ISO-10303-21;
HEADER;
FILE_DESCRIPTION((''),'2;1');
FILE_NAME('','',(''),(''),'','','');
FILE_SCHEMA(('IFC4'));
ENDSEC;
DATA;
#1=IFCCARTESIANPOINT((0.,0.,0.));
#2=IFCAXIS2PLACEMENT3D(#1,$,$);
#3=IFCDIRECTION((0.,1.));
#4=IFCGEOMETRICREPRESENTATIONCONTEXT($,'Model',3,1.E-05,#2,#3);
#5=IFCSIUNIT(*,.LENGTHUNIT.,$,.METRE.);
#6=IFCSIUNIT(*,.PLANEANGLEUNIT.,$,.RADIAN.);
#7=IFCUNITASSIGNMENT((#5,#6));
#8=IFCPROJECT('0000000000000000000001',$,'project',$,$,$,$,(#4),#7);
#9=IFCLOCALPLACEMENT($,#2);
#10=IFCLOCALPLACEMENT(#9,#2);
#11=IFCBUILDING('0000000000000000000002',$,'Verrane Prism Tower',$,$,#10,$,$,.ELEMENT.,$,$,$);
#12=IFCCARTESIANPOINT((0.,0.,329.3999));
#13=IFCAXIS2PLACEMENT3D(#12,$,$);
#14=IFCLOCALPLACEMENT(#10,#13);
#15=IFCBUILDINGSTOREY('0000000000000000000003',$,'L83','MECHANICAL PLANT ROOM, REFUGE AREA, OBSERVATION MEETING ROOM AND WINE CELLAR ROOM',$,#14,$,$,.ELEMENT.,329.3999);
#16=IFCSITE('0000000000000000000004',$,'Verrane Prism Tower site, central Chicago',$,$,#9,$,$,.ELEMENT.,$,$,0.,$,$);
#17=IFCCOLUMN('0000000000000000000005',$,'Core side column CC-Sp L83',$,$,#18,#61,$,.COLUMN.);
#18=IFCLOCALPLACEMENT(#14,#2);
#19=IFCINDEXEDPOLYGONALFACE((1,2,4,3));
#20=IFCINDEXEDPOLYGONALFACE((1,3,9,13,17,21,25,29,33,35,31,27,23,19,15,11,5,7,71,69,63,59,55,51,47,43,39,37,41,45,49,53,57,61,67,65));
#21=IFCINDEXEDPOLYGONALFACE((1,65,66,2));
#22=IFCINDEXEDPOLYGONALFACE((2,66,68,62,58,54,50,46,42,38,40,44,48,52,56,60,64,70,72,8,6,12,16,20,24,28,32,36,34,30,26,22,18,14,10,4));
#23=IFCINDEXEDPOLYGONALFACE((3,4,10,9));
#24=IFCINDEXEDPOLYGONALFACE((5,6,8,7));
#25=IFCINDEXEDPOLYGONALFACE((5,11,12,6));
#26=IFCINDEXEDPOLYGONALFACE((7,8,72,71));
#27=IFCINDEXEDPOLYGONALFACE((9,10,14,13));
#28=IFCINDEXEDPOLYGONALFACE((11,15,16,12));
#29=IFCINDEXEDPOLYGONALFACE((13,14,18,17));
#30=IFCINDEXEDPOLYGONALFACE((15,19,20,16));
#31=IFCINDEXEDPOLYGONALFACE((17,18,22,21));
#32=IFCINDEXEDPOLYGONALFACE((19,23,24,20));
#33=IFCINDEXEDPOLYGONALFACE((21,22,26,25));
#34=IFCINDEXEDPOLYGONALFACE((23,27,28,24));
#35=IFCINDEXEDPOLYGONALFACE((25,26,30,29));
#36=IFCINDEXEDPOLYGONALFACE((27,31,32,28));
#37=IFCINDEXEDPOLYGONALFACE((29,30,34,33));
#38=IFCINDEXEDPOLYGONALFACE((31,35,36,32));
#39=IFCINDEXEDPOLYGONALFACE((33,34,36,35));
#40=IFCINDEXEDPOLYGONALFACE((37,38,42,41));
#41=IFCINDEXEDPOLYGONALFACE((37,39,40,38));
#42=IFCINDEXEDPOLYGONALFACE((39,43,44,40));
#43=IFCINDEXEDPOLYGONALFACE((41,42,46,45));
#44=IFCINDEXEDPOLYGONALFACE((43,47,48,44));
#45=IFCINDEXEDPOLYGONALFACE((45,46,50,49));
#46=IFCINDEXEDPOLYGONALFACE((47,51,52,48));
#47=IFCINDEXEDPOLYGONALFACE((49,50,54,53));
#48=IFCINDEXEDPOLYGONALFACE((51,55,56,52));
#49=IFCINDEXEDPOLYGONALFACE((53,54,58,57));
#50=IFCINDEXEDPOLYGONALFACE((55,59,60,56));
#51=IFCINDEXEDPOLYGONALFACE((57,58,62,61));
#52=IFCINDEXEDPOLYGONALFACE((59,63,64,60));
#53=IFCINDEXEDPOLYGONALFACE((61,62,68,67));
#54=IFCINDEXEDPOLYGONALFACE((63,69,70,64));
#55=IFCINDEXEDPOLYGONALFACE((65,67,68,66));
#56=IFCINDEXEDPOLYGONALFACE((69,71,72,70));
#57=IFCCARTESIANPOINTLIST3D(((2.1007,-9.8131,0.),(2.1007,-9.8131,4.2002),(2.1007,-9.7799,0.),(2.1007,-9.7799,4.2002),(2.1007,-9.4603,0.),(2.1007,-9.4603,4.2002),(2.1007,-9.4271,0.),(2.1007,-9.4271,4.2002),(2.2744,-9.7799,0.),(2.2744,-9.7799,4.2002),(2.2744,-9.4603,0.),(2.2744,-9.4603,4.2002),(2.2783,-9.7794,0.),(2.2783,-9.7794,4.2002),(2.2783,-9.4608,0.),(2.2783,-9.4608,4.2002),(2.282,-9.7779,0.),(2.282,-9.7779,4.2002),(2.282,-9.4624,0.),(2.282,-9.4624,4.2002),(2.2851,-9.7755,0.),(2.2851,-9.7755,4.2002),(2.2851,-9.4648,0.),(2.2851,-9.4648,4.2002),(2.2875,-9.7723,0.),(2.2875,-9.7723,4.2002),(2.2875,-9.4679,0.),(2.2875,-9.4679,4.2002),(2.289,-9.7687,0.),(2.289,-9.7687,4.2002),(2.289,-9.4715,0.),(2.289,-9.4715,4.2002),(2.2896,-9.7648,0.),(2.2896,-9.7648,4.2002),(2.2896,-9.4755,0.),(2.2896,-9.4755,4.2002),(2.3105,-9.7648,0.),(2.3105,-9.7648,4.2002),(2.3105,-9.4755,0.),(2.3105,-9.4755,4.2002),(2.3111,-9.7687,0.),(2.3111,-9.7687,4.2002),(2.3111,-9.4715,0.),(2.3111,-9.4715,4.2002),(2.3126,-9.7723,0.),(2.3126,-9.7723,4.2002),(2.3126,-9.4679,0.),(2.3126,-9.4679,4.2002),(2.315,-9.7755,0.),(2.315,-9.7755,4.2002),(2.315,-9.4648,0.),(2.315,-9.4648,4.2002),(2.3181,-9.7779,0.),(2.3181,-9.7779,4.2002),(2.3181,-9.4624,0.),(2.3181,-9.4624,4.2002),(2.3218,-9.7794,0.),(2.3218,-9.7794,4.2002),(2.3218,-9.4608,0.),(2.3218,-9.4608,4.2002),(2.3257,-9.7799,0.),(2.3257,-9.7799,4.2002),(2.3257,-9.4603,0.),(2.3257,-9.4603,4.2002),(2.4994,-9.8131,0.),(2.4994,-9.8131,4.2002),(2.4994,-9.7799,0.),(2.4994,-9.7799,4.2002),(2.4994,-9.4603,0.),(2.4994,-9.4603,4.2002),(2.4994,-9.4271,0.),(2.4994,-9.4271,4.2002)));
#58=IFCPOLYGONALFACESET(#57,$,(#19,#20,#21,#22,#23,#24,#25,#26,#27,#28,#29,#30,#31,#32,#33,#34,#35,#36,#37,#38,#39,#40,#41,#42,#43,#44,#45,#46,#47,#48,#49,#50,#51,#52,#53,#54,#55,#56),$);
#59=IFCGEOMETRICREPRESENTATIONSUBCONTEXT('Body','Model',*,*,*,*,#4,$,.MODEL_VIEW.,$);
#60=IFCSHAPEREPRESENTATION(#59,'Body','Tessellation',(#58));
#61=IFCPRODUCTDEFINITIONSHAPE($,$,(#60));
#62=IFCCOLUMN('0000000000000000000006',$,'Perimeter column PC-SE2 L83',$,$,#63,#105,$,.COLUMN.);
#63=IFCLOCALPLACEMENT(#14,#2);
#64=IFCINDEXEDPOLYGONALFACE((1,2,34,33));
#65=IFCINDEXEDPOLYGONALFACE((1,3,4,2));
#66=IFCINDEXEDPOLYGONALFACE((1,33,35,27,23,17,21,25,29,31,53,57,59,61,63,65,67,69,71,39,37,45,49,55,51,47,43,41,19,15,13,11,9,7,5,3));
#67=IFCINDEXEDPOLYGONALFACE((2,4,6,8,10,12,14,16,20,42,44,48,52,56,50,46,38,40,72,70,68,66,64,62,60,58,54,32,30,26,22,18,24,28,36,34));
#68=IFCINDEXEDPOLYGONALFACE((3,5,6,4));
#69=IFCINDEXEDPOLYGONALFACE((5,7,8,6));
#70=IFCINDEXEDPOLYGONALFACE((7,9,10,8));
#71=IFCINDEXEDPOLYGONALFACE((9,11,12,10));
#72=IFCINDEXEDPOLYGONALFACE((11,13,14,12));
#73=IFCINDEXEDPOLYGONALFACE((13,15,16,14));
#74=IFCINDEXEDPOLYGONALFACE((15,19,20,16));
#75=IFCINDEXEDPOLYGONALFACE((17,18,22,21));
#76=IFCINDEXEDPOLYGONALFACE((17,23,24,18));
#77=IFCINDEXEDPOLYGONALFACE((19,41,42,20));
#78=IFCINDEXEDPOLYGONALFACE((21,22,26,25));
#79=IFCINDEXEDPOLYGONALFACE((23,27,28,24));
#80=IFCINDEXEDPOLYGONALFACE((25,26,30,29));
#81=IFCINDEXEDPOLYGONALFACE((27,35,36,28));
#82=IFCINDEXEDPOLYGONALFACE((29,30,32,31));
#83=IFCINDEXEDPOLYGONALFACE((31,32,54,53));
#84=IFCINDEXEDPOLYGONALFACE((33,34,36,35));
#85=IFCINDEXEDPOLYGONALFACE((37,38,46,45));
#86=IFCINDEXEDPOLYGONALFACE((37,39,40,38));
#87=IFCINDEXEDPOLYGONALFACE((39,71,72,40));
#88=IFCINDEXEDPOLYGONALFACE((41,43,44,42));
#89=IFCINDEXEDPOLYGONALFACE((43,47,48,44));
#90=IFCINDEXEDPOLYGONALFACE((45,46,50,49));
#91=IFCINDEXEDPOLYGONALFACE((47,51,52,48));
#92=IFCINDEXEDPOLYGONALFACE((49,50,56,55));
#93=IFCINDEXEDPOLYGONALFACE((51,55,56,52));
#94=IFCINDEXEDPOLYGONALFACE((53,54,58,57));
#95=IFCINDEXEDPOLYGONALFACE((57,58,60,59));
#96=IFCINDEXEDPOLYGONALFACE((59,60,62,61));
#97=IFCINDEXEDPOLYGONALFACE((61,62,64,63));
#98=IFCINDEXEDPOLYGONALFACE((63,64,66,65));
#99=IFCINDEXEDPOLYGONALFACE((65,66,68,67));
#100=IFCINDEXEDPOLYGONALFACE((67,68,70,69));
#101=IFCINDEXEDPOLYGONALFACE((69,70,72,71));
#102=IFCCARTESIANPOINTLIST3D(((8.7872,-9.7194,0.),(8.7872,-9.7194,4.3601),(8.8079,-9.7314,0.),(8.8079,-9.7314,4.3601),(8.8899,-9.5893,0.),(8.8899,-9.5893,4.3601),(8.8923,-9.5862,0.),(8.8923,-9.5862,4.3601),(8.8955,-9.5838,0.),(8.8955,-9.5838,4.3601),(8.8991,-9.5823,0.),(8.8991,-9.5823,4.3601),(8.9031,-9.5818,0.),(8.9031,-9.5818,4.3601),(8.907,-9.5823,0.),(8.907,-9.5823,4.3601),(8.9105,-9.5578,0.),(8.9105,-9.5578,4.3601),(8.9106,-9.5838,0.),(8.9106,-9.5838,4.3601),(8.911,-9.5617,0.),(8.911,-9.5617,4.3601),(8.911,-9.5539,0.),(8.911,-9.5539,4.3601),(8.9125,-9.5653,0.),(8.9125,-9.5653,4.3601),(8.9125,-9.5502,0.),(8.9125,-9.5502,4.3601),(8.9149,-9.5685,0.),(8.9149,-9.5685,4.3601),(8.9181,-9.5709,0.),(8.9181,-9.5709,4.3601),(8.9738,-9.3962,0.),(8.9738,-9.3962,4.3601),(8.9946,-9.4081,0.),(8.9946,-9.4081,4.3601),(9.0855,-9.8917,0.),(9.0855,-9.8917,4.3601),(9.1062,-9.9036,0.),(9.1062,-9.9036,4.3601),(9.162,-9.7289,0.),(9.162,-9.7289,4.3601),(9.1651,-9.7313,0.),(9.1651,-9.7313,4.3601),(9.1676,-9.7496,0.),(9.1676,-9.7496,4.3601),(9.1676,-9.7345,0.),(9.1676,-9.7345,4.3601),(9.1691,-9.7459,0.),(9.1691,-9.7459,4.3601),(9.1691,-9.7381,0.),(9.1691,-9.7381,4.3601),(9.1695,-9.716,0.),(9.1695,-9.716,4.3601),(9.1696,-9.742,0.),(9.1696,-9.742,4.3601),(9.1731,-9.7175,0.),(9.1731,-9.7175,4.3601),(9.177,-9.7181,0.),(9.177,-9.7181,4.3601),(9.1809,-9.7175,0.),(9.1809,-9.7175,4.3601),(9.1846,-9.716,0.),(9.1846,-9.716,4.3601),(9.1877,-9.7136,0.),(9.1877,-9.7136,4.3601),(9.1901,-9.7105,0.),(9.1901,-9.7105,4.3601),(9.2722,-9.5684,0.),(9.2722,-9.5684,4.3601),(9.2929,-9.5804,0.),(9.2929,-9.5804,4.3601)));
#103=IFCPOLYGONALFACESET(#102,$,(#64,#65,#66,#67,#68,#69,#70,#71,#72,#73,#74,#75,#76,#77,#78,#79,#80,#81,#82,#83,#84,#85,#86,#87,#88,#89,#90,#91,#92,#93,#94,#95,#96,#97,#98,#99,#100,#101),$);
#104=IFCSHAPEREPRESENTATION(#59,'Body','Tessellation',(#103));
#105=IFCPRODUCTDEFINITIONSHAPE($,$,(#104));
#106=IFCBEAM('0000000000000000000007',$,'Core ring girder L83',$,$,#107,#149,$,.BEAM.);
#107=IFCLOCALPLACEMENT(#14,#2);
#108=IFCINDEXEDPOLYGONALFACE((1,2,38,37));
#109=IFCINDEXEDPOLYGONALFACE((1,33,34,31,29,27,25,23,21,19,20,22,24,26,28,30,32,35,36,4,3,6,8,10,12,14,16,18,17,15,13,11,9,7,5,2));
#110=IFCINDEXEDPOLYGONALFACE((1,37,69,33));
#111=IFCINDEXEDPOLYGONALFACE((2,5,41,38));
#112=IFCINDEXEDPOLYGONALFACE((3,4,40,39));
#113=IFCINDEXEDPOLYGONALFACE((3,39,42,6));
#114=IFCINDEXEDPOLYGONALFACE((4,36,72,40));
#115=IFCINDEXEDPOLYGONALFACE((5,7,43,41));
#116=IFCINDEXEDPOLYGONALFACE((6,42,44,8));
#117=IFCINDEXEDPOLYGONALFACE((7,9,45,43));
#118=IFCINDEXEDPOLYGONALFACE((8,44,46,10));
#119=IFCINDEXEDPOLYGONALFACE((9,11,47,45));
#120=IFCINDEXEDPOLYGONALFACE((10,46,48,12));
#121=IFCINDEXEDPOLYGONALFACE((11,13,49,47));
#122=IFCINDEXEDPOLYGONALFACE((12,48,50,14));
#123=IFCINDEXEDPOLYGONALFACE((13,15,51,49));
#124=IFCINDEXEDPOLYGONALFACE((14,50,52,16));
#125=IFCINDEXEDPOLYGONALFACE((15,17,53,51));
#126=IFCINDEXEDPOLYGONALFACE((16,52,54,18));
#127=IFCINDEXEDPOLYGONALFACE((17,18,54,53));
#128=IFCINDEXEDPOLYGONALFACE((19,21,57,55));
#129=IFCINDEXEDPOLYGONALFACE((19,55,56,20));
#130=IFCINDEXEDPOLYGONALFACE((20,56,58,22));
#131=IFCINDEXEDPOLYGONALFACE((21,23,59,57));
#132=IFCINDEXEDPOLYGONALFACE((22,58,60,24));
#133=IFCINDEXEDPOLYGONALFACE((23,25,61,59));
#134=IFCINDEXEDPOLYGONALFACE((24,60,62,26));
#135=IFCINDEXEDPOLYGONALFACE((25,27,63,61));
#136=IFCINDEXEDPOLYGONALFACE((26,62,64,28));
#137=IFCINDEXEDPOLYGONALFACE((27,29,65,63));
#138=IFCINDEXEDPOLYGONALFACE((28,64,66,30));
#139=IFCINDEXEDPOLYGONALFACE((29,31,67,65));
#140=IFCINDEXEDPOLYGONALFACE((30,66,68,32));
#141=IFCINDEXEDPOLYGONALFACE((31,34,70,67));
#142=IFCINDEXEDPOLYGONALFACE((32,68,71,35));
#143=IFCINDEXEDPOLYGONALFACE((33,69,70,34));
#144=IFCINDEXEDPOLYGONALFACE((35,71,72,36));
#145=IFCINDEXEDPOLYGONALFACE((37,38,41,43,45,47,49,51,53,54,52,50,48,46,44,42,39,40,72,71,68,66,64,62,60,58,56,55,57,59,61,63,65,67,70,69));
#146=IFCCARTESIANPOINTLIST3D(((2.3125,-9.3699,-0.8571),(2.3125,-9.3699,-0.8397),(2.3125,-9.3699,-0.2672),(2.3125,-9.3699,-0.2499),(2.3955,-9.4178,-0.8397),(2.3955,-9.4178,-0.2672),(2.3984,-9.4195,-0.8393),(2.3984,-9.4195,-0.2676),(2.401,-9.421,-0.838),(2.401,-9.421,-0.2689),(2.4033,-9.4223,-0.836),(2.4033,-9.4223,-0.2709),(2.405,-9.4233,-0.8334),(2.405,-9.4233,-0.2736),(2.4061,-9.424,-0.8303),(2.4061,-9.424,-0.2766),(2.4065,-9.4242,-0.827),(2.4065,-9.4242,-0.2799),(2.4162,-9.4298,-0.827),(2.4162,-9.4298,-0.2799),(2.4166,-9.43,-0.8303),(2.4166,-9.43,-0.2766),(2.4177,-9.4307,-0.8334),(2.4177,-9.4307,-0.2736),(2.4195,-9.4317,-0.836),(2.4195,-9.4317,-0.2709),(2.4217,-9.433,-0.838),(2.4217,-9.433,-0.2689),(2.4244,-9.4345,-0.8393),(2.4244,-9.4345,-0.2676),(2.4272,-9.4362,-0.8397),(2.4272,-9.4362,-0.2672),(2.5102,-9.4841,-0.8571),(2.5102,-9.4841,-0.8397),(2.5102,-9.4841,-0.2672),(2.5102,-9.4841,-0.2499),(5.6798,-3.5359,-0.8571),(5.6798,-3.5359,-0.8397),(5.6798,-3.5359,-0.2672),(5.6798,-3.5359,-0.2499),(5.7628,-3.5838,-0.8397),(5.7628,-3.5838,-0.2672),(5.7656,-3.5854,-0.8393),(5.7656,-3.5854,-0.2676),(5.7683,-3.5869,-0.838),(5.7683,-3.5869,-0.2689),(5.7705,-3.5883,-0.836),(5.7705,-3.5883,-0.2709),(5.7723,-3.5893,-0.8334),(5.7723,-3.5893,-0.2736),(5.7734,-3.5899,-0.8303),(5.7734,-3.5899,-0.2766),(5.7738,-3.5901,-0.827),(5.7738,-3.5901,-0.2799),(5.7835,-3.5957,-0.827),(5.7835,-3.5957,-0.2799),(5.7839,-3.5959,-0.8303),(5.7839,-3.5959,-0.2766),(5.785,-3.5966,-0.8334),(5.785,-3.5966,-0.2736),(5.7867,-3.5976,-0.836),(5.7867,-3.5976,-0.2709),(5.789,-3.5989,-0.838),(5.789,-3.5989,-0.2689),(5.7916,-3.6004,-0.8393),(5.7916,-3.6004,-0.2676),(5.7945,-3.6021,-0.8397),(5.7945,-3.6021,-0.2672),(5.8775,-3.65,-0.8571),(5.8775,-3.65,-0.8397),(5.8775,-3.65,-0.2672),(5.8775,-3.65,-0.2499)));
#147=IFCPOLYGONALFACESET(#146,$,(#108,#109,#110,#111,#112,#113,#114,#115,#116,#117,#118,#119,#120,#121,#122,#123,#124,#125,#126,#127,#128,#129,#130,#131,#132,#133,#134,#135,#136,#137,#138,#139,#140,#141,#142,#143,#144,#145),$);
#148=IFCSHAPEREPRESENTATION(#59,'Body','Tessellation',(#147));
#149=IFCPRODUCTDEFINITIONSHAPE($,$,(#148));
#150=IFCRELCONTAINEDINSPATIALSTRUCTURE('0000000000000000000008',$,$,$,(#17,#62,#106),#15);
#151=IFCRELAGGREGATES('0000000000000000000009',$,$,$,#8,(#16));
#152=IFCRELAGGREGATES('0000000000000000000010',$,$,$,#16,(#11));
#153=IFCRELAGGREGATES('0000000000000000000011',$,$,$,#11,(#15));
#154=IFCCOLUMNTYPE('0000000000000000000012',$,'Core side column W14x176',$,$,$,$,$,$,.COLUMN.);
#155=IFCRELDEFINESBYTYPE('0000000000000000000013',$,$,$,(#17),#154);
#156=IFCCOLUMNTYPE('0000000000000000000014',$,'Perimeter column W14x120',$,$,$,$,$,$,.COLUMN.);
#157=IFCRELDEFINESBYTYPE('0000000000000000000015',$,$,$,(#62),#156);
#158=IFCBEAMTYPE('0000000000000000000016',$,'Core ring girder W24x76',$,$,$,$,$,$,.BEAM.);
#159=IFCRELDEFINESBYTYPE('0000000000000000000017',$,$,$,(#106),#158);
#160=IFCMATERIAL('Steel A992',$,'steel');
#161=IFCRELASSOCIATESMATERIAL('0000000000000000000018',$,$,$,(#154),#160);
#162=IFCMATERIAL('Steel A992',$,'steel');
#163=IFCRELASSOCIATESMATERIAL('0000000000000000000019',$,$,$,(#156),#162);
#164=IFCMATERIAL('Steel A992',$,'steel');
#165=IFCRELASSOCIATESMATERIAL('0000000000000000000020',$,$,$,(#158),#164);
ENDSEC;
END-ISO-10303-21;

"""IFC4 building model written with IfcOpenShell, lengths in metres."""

from ifc_helpers import new_model, si_unit, direction, frame, origin, origin_2d, place, context, subcontext, project, spatial, i_section, extrude, material, material_profile, profile_set, type_object, element, save


model = new_model("IFC4")

# Units and contexts
model_context = context("Model", 3, precision=1e-05, world=origin(), true_north=direction((0.0, 1.0)))
body_context = subcontext(model_context, "Body", "Model", "MODEL_VIEW")
ifc_project = project(units=[si_unit("LENGTHUNIT", "METRE"), si_unit("PLANEANGLEUNIT", "RADIAN")], contexts=[model_context])

# Site, building, storey
site_placement = place(None, origin())
site = spatial("IfcSite", under=ifc_project, at=site_placement, Name="Verrane Prism Tower site, central Chicago", CompositionType="ELEMENT", RefElevation=0.0)
building_placement = place(site_placement, origin())
building = spatial("IfcBuilding", under=site, at=building_placement, Name="Verrane Prism Tower", CompositionType="ELEMENT")
storey_placement = place(building_placement, frame((0.0, 0.0, 329.3999)))
storey = spatial("IfcBuildingStorey", under=building, at=storey_placement, Name="L83", Description="MECHANICAL PLANT ROOM, REFUGE AREA, OBSERVATION MEETING ROOM AND WINE CELLAR ROOM", CompositionType="ELEMENT", Elevation=329.3999)

# Columns
ifc_material_1 = material(Name="Steel A992", Category="steel")
ifc_material_profile_1 = material_profile(ifc_material_1, i_section(OverallWidth=0.3987, OverallDepth=0.386, WebThickness=0.021, FlangeThickness=0.0332, FilletRadius=0.0151, at=origin_2d()), Name="W14x176")
ifc_profile_set_1 = profile_set([ifc_material_profile_1], Name="Steel A992")
column_type_1 = type_object("IfcColumnType", Name="Core side column W14x176", PredefinedType="COLUMN", material=ifc_profile_set_1)
column_1_placement = place(storey_placement, frame((2.3, -9.6201, 0.0), z_axis=(0.0, 0.0, 1.0), x_axis=(1.0, 0.0, 0.0)))
element("IfcColumn", 1, at=column_1_placement, inside=storey, type_object=column_type_1, Name="Core side column CC-Sp L83", PredefinedType="COLUMN", context=body_context, shape_type="SweptSolid", body=[
    extrude(i_section(OverallWidth=0.3987, OverallDepth=0.386, WebThickness=0.021, FlangeThickness=0.0332, FilletRadius=0.0151, at=origin_2d()), origin(), (0.0, 0.0, 1.0), 4.2002),
])
ifc_material_2 = material(Name="Steel A992", Category="steel")
ifc_material_profile_2 = material_profile(ifc_material_2, i_section(OverallWidth=0.3733, OverallDepth=0.3684, WebThickness=0.0149, FlangeThickness=0.0239, FilletRadius=0.0151, at=origin_2d()), Name="W14x120")
ifc_profile_set_2 = profile_set([ifc_material_profile_2], Name="Steel A992")
column_type_2 = type_object("IfcColumnType", Name="Perimeter column W14x120", PredefinedType="COLUMN", material=ifc_profile_set_2)
column_2_placement = place(storey_placement, frame((9.04, -9.6499, 0.0), z_axis=(0.0, 0.0, 1.0), x_axis=(-0.5, -0.866025, 0.0)))
element("IfcColumn", 2, at=column_2_placement, inside=storey, type_object=column_type_2, Name="Perimeter column PC-SE2 L83", PredefinedType="COLUMN", context=body_context, shape_type="SweptSolid", body=[
    extrude(i_section(OverallWidth=0.3733, OverallDepth=0.3684, WebThickness=0.0149, FlangeThickness=0.0239, FilletRadius=0.0151, at=origin_2d()), origin(), (0.0, 0.0, 1.0), 4.3601),
])

# Beam
ifc_material_3 = material(Name="Steel A992", Category="steel")
ifc_material_profile_3 = material_profile(ifc_material_3, i_section(OverallWidth=0.2283, OverallDepth=0.6072, WebThickness=0.0112, FlangeThickness=0.0173, FilletRadius=0.0127, at=origin_2d()), Name="W24x76")
ifc_profile_set_3 = profile_set([ifc_material_profile_3], Name="Steel A992")
beam_type_1 = type_object("IfcBeamType", Name="Core ring girder W24x76", PredefinedType="BEAM", material=ifc_profile_set_3)
beam_1_placement = place(storey_placement, frame((2.4114, -9.427, -0.5535), z_axis=(0.499881, 0.866094, 0.0), x_axis=(-0.866094, 0.499881, 0.0)))
element("IfcBeam", 3, at=beam_1_placement, inside=storey, type_object=beam_type_1, Name="Core ring girder L83", PredefinedType="BEAM", context=body_context, shape_type="SweptSolid", body=[
    extrude(i_section(OverallWidth=0.2283, OverallDepth=0.6072, WebThickness=0.0112, FlangeThickness=0.0173, FilletRadius=0.0127, at=origin_2d()), origin(), (0.0, 0.0, 1.0), 6.7361),
])

save(model, "model.ifc")
